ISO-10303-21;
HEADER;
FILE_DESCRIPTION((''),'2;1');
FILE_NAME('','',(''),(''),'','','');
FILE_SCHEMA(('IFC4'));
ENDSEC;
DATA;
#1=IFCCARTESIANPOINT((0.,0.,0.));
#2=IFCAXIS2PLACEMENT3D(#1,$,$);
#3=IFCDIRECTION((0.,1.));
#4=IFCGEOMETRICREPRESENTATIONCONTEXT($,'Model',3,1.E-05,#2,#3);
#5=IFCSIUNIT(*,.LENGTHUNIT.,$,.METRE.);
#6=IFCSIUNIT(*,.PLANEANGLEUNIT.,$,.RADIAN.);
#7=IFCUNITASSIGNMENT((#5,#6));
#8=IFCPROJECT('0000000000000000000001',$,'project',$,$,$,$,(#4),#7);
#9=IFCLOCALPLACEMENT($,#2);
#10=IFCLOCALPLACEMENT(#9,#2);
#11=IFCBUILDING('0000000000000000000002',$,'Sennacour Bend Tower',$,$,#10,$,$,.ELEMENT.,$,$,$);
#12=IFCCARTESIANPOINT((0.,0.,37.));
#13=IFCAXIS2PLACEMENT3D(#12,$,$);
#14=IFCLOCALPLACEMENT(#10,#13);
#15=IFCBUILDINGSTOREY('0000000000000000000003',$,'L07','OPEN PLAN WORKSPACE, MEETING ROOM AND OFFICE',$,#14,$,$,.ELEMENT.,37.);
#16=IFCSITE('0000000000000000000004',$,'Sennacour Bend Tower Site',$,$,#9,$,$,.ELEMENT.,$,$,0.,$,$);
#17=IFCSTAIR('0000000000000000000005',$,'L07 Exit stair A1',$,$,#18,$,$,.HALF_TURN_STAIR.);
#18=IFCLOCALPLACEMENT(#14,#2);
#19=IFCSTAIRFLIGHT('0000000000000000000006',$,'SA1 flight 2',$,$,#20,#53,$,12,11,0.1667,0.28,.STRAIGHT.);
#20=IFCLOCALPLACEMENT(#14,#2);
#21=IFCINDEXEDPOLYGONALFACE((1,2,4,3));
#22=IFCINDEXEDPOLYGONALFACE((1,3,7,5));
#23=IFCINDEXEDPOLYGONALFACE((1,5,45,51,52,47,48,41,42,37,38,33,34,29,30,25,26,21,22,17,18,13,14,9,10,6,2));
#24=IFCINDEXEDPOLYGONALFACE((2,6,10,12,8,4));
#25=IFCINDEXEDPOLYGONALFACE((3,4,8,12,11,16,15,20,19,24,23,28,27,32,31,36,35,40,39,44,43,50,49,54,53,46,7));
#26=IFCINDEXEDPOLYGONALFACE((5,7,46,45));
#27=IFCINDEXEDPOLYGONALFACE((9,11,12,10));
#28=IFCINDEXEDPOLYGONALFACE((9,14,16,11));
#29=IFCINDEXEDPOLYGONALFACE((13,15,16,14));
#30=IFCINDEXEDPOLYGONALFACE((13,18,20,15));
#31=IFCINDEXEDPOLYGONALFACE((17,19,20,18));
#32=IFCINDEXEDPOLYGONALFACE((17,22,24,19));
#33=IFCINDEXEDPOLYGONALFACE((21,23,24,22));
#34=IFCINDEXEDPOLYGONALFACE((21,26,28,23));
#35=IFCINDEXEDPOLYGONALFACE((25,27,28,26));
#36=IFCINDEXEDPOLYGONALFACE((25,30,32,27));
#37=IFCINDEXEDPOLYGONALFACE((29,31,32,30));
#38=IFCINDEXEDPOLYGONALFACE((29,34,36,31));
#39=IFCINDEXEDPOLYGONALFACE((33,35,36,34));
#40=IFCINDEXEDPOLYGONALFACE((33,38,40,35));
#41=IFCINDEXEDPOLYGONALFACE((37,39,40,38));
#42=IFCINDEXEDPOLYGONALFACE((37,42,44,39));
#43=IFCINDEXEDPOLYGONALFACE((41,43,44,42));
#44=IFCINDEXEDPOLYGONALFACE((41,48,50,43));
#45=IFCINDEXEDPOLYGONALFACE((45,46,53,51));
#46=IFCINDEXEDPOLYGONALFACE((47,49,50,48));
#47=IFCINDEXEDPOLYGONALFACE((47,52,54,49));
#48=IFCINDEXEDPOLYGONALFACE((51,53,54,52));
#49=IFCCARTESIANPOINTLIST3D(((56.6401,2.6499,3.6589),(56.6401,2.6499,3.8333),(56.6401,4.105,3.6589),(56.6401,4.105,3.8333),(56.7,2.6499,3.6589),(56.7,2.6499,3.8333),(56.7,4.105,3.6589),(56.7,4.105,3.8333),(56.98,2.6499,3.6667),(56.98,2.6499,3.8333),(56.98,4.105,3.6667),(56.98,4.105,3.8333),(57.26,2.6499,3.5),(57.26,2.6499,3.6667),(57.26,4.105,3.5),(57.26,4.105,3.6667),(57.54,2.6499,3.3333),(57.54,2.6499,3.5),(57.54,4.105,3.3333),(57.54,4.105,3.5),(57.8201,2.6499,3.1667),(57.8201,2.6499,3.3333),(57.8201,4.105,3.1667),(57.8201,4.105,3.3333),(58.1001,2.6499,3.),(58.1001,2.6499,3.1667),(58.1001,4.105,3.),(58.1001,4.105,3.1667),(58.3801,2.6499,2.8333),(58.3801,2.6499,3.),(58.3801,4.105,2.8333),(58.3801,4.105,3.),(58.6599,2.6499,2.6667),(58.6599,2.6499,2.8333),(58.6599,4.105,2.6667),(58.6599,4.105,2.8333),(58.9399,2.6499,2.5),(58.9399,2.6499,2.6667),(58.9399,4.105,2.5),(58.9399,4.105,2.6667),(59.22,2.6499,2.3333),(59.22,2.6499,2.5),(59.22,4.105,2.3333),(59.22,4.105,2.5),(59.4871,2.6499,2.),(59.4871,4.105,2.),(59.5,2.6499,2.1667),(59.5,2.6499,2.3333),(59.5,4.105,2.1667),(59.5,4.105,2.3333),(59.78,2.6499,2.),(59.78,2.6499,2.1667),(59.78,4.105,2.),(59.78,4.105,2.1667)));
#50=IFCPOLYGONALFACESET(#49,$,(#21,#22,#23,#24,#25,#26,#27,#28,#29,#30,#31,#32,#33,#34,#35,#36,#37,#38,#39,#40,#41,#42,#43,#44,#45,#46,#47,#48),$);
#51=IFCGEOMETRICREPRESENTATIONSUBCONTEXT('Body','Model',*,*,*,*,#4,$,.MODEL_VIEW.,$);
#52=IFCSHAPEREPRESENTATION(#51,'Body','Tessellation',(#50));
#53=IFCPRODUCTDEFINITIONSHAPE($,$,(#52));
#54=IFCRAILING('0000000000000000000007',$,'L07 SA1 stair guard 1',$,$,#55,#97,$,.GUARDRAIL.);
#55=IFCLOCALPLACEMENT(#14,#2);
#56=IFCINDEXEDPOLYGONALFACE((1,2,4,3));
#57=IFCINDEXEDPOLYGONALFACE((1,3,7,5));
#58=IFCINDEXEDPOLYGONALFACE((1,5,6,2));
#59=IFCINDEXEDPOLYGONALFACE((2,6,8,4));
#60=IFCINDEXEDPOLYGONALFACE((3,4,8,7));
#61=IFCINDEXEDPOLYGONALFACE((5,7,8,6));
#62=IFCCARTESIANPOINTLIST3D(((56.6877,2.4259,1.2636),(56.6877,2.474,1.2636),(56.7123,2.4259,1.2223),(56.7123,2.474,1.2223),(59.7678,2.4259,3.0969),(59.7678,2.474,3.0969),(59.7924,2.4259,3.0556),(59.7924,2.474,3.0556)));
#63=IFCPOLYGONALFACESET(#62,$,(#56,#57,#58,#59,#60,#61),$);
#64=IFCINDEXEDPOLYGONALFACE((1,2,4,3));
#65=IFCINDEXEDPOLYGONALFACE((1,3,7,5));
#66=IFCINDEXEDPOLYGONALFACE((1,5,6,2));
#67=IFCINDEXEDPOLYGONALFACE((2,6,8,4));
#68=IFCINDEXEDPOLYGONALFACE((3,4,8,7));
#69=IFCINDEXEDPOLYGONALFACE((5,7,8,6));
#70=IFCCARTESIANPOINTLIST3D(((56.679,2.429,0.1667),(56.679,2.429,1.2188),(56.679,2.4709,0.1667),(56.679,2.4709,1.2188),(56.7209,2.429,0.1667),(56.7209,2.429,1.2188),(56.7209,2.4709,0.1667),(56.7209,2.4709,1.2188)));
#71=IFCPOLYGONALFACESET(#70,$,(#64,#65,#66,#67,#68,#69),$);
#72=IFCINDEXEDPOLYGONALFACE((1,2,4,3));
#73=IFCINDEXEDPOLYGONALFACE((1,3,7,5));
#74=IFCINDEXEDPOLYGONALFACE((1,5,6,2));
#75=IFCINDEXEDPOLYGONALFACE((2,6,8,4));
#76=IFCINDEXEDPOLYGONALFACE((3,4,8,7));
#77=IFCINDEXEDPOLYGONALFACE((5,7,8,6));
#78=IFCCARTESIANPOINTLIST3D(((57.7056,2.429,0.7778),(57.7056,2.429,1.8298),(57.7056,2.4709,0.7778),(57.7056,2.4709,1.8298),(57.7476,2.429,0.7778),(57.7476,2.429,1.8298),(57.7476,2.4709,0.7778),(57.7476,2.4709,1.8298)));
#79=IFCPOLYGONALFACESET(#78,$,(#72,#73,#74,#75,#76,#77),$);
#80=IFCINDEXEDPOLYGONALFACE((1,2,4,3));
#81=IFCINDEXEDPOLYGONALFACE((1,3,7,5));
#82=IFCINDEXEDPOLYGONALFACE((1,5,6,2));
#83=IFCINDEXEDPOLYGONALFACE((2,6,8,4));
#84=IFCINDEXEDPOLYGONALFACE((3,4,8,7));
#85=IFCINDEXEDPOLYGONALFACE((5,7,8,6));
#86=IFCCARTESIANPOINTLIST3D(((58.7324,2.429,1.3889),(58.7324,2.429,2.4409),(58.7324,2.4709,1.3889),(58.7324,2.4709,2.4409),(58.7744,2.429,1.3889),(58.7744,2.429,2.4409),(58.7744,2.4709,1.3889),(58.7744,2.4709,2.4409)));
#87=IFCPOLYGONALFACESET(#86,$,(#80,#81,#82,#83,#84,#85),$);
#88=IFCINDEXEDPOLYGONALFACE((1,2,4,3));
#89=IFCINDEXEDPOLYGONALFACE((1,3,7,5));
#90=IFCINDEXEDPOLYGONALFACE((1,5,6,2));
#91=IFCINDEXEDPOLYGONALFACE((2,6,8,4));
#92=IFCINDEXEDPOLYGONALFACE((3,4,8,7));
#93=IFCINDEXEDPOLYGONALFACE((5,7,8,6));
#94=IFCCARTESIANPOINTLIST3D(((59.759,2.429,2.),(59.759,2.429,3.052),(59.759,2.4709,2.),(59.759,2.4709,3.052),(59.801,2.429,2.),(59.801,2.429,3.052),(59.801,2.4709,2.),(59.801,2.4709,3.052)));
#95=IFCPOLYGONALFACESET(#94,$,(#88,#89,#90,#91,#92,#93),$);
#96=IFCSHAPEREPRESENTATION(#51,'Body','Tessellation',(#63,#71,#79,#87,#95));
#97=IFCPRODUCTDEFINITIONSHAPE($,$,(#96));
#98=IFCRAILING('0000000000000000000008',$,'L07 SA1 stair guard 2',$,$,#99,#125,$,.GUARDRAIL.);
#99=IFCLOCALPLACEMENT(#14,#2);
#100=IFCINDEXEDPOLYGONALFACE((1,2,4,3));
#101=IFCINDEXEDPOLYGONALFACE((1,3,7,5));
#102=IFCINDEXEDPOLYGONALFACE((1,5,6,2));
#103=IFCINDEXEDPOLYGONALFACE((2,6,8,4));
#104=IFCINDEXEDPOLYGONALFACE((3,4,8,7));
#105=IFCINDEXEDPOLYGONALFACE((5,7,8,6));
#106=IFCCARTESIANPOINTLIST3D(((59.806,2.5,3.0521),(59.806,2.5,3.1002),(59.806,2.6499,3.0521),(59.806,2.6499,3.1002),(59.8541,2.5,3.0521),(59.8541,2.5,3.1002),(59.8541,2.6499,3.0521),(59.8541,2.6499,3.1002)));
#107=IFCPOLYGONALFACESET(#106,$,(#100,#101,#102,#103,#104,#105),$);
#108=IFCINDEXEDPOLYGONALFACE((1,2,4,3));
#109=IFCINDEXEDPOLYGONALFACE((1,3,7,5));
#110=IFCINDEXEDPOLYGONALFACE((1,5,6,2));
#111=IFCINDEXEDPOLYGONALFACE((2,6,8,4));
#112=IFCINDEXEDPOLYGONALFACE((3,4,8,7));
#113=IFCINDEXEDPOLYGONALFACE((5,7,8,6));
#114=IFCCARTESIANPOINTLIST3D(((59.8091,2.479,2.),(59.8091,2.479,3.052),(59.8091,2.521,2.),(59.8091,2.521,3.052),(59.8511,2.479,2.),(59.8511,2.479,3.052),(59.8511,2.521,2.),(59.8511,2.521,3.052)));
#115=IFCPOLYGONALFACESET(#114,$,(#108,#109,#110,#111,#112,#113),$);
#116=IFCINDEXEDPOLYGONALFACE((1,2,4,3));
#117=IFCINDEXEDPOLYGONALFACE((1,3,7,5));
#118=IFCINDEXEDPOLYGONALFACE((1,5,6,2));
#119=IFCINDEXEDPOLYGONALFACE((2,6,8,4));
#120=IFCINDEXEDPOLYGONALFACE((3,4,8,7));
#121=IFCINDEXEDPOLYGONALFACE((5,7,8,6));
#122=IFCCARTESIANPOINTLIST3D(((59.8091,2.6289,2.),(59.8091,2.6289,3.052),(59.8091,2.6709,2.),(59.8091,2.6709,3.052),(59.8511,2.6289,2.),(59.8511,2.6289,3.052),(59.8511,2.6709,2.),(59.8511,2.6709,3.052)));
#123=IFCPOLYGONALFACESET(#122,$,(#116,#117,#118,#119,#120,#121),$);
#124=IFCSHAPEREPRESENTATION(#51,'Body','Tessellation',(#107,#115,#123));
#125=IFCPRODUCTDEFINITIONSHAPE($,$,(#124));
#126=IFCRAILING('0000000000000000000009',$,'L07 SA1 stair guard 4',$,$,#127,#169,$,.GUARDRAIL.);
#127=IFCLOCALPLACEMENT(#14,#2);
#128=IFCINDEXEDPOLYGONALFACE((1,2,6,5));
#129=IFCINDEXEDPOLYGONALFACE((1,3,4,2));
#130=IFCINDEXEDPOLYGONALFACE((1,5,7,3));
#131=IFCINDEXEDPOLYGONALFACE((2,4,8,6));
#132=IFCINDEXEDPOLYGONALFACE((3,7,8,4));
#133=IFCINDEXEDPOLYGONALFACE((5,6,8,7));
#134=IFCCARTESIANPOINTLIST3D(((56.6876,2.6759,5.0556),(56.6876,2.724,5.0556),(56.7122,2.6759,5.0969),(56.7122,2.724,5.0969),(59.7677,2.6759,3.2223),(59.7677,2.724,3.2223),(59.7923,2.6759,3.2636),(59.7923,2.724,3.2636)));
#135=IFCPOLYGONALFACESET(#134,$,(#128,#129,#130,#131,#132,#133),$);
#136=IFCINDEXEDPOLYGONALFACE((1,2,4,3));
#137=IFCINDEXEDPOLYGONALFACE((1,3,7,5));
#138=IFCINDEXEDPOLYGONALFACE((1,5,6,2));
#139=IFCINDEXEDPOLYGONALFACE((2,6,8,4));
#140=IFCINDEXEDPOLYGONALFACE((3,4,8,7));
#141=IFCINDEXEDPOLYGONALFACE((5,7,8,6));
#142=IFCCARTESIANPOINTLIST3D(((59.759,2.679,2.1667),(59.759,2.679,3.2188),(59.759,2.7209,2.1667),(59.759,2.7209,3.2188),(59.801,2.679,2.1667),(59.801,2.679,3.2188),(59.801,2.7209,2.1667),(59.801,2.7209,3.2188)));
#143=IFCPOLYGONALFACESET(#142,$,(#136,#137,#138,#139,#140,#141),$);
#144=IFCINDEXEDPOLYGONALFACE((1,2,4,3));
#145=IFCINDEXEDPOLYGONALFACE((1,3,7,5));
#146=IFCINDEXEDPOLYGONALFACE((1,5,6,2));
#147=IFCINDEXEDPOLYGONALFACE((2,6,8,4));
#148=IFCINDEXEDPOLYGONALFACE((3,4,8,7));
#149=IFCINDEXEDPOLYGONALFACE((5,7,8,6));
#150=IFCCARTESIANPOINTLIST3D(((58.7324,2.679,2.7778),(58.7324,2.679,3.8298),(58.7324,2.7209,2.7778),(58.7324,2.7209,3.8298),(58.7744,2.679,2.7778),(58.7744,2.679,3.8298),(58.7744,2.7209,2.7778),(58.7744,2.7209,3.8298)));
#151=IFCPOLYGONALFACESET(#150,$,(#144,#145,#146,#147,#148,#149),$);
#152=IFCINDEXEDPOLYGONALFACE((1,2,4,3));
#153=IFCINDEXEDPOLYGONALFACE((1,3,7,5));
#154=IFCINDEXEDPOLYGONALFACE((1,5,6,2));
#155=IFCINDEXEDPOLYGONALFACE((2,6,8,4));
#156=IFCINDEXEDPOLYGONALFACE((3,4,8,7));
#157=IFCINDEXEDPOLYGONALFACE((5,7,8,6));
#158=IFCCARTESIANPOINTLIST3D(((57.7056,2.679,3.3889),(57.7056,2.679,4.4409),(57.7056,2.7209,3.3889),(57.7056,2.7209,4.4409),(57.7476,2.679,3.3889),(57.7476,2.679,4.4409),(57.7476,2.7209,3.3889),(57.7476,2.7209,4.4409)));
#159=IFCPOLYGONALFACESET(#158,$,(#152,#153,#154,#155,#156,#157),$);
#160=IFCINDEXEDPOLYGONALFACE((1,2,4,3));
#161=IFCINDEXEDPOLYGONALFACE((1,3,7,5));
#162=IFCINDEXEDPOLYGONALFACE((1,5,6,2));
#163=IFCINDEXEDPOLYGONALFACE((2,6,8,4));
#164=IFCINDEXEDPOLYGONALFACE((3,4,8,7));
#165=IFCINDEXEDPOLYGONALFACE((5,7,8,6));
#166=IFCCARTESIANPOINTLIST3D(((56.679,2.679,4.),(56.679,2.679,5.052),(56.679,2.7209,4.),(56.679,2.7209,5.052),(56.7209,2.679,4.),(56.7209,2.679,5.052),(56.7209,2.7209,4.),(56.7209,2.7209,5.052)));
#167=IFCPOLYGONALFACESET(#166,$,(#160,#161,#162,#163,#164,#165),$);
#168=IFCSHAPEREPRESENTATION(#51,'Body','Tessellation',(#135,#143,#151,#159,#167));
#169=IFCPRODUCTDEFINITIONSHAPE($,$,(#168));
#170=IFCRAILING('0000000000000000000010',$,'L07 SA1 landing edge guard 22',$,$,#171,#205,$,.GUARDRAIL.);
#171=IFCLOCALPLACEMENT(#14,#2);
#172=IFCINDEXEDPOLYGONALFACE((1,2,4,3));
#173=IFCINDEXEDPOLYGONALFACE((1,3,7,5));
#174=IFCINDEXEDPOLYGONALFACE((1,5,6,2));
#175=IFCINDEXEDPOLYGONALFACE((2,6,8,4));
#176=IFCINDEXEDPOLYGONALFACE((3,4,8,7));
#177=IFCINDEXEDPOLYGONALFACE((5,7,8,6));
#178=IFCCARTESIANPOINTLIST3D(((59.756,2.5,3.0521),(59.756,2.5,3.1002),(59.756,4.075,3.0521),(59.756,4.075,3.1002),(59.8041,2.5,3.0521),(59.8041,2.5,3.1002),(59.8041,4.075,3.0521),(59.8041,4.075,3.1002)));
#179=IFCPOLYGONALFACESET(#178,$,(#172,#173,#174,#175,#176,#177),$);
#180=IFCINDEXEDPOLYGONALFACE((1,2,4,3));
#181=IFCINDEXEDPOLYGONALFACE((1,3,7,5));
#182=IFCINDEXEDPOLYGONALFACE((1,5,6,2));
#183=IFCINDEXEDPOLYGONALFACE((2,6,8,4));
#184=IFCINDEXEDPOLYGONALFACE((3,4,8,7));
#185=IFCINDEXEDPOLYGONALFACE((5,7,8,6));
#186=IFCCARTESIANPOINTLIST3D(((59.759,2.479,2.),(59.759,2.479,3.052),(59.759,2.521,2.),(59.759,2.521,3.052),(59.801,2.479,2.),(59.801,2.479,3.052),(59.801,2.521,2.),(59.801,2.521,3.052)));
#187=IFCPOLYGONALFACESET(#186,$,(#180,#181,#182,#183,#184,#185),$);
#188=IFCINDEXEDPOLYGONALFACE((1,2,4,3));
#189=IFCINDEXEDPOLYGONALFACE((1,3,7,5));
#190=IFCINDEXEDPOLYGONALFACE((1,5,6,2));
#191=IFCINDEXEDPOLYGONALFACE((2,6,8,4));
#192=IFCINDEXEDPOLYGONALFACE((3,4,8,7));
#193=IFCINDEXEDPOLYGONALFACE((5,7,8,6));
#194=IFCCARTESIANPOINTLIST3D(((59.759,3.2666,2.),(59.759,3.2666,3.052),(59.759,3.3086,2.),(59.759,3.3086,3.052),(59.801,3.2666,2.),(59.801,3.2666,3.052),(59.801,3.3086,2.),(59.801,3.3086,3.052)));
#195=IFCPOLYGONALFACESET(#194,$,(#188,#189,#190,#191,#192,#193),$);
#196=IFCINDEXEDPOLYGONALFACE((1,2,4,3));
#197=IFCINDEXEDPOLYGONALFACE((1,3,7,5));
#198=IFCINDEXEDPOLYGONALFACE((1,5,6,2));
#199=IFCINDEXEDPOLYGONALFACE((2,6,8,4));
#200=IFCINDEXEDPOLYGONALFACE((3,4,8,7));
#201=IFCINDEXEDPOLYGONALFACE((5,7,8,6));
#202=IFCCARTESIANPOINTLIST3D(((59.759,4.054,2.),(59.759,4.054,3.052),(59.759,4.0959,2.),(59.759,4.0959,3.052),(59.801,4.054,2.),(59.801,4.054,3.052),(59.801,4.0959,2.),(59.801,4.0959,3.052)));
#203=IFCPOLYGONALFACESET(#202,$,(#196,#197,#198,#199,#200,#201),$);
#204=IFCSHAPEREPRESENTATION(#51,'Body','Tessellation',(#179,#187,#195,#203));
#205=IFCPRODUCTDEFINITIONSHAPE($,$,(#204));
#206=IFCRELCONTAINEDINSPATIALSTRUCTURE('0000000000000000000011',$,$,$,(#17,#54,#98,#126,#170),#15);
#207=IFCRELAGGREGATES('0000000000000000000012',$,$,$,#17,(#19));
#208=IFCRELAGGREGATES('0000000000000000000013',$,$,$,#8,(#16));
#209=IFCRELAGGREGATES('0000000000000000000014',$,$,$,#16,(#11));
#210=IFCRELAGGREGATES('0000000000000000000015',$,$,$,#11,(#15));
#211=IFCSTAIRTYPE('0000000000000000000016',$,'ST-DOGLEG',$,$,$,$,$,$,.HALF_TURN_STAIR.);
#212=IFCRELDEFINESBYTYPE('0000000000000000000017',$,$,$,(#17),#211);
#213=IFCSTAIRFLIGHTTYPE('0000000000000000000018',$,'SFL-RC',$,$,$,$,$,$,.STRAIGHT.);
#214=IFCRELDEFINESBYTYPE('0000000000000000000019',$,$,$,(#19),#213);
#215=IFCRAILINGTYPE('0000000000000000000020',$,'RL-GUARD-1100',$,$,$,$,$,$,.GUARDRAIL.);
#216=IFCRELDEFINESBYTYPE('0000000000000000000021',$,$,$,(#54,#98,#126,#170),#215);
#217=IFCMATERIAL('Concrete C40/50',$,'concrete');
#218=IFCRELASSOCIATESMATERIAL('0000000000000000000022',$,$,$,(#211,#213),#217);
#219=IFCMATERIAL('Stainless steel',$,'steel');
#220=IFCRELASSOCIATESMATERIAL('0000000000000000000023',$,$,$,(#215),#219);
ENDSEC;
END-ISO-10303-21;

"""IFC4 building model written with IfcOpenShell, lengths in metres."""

from ifc_helpers import new_model, si_unit, direction, frame, origin, origin_2d, place, context, subcontext, project, spatial, polyline, rectangle, outline, extrude, material, type_object, element, aggregate, save


model = new_model("IFC4")

# Units and contexts
model_context = context("Model", 3, precision=1e-05, world=origin(), true_north=direction((0.0, 1.0)))
body_context = subcontext(model_context, "Body", "Model", "MODEL_VIEW")
ifc_project = project(units=[si_unit("LENGTHUNIT", "METRE"), si_unit("PLANEANGLEUNIT", "RADIAN")], contexts=[model_context])

# Site, building, storey
site_placement = place(None, origin())
site = spatial("IfcSite", under=ifc_project, at=site_placement, Name="Sennacour Bend Tower Site", CompositionType="ELEMENT", RefElevation=0.0)
building_placement = place(site_placement, origin())
building = spatial("IfcBuilding", under=site, at=building_placement, Name="Sennacour Bend Tower", CompositionType="ELEMENT")
storey_placement = place(building_placement, frame((0.0, 0.0, 37.0)))
storey = spatial("IfcBuildingStorey", under=building, at=storey_placement, Name="L07", Description="OPEN PLAN WORKSPACE, MEETING ROOM AND OFFICE", CompositionType="ELEMENT", Elevation=37.0)

# Shared definitions
ifc_material_1 = material(Name="Stainless steel", Category="steel")

# Stair, stair flight
ifc_material_2 = material(Name="Concrete C40/50", Category="concrete")
stair_type = type_object("IfcStairType", Name="ST-DOGLEG", PredefinedType="HALF_TURN_STAIR", material=ifc_material_2)
stair_placement = place(storey_placement, origin())
stair = element("IfcStair", 1, at=stair_placement, inside=storey, type_object=stair_type, Name="L07 Exit stair A1", PredefinedType="HALF_TURN_STAIR")
stair_flight_type = type_object("IfcStairFlightType", Name="SFL-RC", PredefinedType="STRAIGHT", material=ifc_material_2)
stair_flight_1_placement = place(storey_placement, frame((59.78, 3.3774, 2.0), z_axis=(0.0, 0.0, 1.0), x_axis=(-1.0, 0.0, 0.0)))
stair_flight_1 = element("IfcStairFlight", 2, at=stair_flight_1_placement, type_object=stair_flight_type, Name="SA1 flight 2", NumberOfRisers=12, NumberOfTreads=11, PredefinedType="STRAIGHT", RiserHeight=0.1667, TreadLength=0.28, context=body_context, shape_type="SweptSolid", body=[
    extrude(outline(polyline([(0.0, 0.0), (0.0, 0.1667), (0.28, 0.1667), (0.28, 0.3333), (0.5601, 0.3333), (0.5601, 0.5), (0.8401, 0.5), (0.8401, 0.6667), (1.1201, 0.6667), (1.1201, 0.8333), (1.3999, 0.8333), (1.3999, 1.0), (1.6799, 1.0), (1.6799, 1.1667), (1.96, 1.1667), (1.96, 1.3333), (2.24, 1.3333), (2.24, 1.5), (2.52, 1.5), (2.52, 1.6667), (2.8, 1.6667), (2.8, 1.8333), (3.0801, 1.8333), (3.1399, 1.8333), (3.1399, 1.6589), (3.0801, 1.6589), (0.293, 0.0), (0.0, 0.0)])), frame((0.0, 0.7275, 0.0), z_axis=(0.0, -1.0, 0.0), x_axis=(1.0, 0.0, 0.0)), (0.0, 0.0, 1.0), 1.4551),
])
aggregate(stair, [stair_flight_1])

# Railings
railing_type_1 = type_object("IfcRailingType", Name="RL-GUARD-1100", PredefinedType="GUARDRAIL", material=ifc_material_1)
railing_1_placement = place(storey_placement, frame((56.7, 2.45, 0.1667)))
element("IfcRailing", 3, at=railing_1_placement, inside=storey, type_object=railing_type_1, Name="L07 SA1 stair guard 1", PredefinedType="GUARDRAIL", context=body_context, shape_type="SweptSolid", body=[
    extrude(rectangle(XDim=0.0481, YDim=0.0481, at=origin_2d()), frame((0.0, 0.0, 1.0762), z_axis=(0.859309, 0.0, 0.511458), x_axis=(0.0, 1.0, 0.0)), (0.0, 0.0, 1.0), 3.5845),
    extrude(rectangle(XDim=0.042, YDim=0.042, at=origin_2d()), origin(), (0.0, 0.0, 1.0), 1.052),
    extrude(rectangle(XDim=0.042, YDim=0.042, at=origin_2d()), frame((1.0266, 0.0, 0.6111)), (0.0, 0.0, 1.0), 1.052),
    extrude(rectangle(XDim=0.042, YDim=0.042, at=origin_2d()), frame((2.0535, 0.0, 1.2222)), (0.0, 0.0, 1.0), 1.052),
    extrude(rectangle(XDim=0.042, YDim=0.042, at=origin_2d()), frame((3.0801, 0.0, 1.8333)), (0.0, 0.0, 1.0), 1.052),
])
railing_2_placement = place(storey_placement, frame((59.8301, 2.5, 2.0)))
element("IfcRailing", 4, at=railing_2_placement, inside=storey, type_object=railing_type_1, Name="L07 SA1 stair guard 2", PredefinedType="GUARDRAIL", context=body_context, shape_type="SweptSolid", body=[
    extrude(rectangle(XDim=0.0481, YDim=0.0481, at=origin_2d()), frame((0.0, 0.0, 1.0762), z_axis=(0.0, 1.0, 0.0), x_axis=(-1.0, 0.0, 0.0)), (0.0, 0.0, 1.0), 0.1499),
    extrude(rectangle(XDim=0.042, YDim=0.042, at=origin_2d()), origin(), (0.0, 0.0, 1.0), 1.052),
    extrude(rectangle(XDim=0.042, YDim=0.042, at=origin_2d()), frame((0.0, 0.1499, 0.0)), (0.0, 0.0, 1.0), 1.052),
])
railing_3_placement = place(storey_placement, frame((59.78, 2.7, 2.1667)))
element("IfcRailing", 5, at=railing_3_placement, inside=storey, type_object=railing_type_1, Name="L07 SA1 stair guard 4", PredefinedType="GUARDRAIL", context=body_context, shape_type="SweptSolid", body=[
    extrude(rectangle(XDim=0.0481, YDim=0.0481, at=origin_2d()), frame((0.0, 0.0, 1.0762), z_axis=(-0.859309, 0.0, 0.511458), x_axis=(0.0, -1.0, 0.0)), (0.0, 0.0, 1.0), 3.5845),
    extrude(rectangle(XDim=0.042, YDim=0.042, at=origin_2d()), origin(), (0.0, 0.0, 1.0), 1.052),
    extrude(rectangle(XDim=0.042, YDim=0.042, at=origin_2d()), frame((-1.0266, 0.0, 0.6111)), (0.0, 0.0, 1.0), 1.052),
    extrude(rectangle(XDim=0.042, YDim=0.042, at=origin_2d()), frame((-2.0535, 0.0, 1.2222)), (0.0, 0.0, 1.0), 1.052),
    extrude(rectangle(XDim=0.042, YDim=0.042, at=origin_2d()), frame((-3.0801, 0.0, 1.8333)), (0.0, 0.0, 1.0), 1.052),
])
railing_4_placement = place(storey_placement, frame((59.78, 2.5, 2.0)))
element("IfcRailing", 6, at=railing_4_placement, inside=storey, type_object=railing_type_1, Name="L07 SA1 landing edge guard 22", PredefinedType="GUARDRAIL", context=body_context, shape_type="SweptSolid", body=[
    extrude(rectangle(XDim=0.0481, YDim=0.0481, at=origin_2d()), frame((0.0, 0.0, 1.0762), z_axis=(0.0, 1.0, 0.0), x_axis=(-1.0, 0.0, 0.0)), (0.0, 0.0, 1.0), 1.575),
    extrude(rectangle(XDim=0.042, YDim=0.042, at=origin_2d()), origin(), (0.0, 0.0, 1.0), 1.052),
    extrude(rectangle(XDim=0.042, YDim=0.042, at=origin_2d()), frame((0.0, 0.7876, 0.0)), (0.0, 0.0, 1.0), 1.052),
    extrude(rectangle(XDim=0.042, YDim=0.042, at=origin_2d()), frame((0.0, 1.575, 0.0)), (0.0, 0.0, 1.0), 1.052),
])

save(model, "model.ifc")
